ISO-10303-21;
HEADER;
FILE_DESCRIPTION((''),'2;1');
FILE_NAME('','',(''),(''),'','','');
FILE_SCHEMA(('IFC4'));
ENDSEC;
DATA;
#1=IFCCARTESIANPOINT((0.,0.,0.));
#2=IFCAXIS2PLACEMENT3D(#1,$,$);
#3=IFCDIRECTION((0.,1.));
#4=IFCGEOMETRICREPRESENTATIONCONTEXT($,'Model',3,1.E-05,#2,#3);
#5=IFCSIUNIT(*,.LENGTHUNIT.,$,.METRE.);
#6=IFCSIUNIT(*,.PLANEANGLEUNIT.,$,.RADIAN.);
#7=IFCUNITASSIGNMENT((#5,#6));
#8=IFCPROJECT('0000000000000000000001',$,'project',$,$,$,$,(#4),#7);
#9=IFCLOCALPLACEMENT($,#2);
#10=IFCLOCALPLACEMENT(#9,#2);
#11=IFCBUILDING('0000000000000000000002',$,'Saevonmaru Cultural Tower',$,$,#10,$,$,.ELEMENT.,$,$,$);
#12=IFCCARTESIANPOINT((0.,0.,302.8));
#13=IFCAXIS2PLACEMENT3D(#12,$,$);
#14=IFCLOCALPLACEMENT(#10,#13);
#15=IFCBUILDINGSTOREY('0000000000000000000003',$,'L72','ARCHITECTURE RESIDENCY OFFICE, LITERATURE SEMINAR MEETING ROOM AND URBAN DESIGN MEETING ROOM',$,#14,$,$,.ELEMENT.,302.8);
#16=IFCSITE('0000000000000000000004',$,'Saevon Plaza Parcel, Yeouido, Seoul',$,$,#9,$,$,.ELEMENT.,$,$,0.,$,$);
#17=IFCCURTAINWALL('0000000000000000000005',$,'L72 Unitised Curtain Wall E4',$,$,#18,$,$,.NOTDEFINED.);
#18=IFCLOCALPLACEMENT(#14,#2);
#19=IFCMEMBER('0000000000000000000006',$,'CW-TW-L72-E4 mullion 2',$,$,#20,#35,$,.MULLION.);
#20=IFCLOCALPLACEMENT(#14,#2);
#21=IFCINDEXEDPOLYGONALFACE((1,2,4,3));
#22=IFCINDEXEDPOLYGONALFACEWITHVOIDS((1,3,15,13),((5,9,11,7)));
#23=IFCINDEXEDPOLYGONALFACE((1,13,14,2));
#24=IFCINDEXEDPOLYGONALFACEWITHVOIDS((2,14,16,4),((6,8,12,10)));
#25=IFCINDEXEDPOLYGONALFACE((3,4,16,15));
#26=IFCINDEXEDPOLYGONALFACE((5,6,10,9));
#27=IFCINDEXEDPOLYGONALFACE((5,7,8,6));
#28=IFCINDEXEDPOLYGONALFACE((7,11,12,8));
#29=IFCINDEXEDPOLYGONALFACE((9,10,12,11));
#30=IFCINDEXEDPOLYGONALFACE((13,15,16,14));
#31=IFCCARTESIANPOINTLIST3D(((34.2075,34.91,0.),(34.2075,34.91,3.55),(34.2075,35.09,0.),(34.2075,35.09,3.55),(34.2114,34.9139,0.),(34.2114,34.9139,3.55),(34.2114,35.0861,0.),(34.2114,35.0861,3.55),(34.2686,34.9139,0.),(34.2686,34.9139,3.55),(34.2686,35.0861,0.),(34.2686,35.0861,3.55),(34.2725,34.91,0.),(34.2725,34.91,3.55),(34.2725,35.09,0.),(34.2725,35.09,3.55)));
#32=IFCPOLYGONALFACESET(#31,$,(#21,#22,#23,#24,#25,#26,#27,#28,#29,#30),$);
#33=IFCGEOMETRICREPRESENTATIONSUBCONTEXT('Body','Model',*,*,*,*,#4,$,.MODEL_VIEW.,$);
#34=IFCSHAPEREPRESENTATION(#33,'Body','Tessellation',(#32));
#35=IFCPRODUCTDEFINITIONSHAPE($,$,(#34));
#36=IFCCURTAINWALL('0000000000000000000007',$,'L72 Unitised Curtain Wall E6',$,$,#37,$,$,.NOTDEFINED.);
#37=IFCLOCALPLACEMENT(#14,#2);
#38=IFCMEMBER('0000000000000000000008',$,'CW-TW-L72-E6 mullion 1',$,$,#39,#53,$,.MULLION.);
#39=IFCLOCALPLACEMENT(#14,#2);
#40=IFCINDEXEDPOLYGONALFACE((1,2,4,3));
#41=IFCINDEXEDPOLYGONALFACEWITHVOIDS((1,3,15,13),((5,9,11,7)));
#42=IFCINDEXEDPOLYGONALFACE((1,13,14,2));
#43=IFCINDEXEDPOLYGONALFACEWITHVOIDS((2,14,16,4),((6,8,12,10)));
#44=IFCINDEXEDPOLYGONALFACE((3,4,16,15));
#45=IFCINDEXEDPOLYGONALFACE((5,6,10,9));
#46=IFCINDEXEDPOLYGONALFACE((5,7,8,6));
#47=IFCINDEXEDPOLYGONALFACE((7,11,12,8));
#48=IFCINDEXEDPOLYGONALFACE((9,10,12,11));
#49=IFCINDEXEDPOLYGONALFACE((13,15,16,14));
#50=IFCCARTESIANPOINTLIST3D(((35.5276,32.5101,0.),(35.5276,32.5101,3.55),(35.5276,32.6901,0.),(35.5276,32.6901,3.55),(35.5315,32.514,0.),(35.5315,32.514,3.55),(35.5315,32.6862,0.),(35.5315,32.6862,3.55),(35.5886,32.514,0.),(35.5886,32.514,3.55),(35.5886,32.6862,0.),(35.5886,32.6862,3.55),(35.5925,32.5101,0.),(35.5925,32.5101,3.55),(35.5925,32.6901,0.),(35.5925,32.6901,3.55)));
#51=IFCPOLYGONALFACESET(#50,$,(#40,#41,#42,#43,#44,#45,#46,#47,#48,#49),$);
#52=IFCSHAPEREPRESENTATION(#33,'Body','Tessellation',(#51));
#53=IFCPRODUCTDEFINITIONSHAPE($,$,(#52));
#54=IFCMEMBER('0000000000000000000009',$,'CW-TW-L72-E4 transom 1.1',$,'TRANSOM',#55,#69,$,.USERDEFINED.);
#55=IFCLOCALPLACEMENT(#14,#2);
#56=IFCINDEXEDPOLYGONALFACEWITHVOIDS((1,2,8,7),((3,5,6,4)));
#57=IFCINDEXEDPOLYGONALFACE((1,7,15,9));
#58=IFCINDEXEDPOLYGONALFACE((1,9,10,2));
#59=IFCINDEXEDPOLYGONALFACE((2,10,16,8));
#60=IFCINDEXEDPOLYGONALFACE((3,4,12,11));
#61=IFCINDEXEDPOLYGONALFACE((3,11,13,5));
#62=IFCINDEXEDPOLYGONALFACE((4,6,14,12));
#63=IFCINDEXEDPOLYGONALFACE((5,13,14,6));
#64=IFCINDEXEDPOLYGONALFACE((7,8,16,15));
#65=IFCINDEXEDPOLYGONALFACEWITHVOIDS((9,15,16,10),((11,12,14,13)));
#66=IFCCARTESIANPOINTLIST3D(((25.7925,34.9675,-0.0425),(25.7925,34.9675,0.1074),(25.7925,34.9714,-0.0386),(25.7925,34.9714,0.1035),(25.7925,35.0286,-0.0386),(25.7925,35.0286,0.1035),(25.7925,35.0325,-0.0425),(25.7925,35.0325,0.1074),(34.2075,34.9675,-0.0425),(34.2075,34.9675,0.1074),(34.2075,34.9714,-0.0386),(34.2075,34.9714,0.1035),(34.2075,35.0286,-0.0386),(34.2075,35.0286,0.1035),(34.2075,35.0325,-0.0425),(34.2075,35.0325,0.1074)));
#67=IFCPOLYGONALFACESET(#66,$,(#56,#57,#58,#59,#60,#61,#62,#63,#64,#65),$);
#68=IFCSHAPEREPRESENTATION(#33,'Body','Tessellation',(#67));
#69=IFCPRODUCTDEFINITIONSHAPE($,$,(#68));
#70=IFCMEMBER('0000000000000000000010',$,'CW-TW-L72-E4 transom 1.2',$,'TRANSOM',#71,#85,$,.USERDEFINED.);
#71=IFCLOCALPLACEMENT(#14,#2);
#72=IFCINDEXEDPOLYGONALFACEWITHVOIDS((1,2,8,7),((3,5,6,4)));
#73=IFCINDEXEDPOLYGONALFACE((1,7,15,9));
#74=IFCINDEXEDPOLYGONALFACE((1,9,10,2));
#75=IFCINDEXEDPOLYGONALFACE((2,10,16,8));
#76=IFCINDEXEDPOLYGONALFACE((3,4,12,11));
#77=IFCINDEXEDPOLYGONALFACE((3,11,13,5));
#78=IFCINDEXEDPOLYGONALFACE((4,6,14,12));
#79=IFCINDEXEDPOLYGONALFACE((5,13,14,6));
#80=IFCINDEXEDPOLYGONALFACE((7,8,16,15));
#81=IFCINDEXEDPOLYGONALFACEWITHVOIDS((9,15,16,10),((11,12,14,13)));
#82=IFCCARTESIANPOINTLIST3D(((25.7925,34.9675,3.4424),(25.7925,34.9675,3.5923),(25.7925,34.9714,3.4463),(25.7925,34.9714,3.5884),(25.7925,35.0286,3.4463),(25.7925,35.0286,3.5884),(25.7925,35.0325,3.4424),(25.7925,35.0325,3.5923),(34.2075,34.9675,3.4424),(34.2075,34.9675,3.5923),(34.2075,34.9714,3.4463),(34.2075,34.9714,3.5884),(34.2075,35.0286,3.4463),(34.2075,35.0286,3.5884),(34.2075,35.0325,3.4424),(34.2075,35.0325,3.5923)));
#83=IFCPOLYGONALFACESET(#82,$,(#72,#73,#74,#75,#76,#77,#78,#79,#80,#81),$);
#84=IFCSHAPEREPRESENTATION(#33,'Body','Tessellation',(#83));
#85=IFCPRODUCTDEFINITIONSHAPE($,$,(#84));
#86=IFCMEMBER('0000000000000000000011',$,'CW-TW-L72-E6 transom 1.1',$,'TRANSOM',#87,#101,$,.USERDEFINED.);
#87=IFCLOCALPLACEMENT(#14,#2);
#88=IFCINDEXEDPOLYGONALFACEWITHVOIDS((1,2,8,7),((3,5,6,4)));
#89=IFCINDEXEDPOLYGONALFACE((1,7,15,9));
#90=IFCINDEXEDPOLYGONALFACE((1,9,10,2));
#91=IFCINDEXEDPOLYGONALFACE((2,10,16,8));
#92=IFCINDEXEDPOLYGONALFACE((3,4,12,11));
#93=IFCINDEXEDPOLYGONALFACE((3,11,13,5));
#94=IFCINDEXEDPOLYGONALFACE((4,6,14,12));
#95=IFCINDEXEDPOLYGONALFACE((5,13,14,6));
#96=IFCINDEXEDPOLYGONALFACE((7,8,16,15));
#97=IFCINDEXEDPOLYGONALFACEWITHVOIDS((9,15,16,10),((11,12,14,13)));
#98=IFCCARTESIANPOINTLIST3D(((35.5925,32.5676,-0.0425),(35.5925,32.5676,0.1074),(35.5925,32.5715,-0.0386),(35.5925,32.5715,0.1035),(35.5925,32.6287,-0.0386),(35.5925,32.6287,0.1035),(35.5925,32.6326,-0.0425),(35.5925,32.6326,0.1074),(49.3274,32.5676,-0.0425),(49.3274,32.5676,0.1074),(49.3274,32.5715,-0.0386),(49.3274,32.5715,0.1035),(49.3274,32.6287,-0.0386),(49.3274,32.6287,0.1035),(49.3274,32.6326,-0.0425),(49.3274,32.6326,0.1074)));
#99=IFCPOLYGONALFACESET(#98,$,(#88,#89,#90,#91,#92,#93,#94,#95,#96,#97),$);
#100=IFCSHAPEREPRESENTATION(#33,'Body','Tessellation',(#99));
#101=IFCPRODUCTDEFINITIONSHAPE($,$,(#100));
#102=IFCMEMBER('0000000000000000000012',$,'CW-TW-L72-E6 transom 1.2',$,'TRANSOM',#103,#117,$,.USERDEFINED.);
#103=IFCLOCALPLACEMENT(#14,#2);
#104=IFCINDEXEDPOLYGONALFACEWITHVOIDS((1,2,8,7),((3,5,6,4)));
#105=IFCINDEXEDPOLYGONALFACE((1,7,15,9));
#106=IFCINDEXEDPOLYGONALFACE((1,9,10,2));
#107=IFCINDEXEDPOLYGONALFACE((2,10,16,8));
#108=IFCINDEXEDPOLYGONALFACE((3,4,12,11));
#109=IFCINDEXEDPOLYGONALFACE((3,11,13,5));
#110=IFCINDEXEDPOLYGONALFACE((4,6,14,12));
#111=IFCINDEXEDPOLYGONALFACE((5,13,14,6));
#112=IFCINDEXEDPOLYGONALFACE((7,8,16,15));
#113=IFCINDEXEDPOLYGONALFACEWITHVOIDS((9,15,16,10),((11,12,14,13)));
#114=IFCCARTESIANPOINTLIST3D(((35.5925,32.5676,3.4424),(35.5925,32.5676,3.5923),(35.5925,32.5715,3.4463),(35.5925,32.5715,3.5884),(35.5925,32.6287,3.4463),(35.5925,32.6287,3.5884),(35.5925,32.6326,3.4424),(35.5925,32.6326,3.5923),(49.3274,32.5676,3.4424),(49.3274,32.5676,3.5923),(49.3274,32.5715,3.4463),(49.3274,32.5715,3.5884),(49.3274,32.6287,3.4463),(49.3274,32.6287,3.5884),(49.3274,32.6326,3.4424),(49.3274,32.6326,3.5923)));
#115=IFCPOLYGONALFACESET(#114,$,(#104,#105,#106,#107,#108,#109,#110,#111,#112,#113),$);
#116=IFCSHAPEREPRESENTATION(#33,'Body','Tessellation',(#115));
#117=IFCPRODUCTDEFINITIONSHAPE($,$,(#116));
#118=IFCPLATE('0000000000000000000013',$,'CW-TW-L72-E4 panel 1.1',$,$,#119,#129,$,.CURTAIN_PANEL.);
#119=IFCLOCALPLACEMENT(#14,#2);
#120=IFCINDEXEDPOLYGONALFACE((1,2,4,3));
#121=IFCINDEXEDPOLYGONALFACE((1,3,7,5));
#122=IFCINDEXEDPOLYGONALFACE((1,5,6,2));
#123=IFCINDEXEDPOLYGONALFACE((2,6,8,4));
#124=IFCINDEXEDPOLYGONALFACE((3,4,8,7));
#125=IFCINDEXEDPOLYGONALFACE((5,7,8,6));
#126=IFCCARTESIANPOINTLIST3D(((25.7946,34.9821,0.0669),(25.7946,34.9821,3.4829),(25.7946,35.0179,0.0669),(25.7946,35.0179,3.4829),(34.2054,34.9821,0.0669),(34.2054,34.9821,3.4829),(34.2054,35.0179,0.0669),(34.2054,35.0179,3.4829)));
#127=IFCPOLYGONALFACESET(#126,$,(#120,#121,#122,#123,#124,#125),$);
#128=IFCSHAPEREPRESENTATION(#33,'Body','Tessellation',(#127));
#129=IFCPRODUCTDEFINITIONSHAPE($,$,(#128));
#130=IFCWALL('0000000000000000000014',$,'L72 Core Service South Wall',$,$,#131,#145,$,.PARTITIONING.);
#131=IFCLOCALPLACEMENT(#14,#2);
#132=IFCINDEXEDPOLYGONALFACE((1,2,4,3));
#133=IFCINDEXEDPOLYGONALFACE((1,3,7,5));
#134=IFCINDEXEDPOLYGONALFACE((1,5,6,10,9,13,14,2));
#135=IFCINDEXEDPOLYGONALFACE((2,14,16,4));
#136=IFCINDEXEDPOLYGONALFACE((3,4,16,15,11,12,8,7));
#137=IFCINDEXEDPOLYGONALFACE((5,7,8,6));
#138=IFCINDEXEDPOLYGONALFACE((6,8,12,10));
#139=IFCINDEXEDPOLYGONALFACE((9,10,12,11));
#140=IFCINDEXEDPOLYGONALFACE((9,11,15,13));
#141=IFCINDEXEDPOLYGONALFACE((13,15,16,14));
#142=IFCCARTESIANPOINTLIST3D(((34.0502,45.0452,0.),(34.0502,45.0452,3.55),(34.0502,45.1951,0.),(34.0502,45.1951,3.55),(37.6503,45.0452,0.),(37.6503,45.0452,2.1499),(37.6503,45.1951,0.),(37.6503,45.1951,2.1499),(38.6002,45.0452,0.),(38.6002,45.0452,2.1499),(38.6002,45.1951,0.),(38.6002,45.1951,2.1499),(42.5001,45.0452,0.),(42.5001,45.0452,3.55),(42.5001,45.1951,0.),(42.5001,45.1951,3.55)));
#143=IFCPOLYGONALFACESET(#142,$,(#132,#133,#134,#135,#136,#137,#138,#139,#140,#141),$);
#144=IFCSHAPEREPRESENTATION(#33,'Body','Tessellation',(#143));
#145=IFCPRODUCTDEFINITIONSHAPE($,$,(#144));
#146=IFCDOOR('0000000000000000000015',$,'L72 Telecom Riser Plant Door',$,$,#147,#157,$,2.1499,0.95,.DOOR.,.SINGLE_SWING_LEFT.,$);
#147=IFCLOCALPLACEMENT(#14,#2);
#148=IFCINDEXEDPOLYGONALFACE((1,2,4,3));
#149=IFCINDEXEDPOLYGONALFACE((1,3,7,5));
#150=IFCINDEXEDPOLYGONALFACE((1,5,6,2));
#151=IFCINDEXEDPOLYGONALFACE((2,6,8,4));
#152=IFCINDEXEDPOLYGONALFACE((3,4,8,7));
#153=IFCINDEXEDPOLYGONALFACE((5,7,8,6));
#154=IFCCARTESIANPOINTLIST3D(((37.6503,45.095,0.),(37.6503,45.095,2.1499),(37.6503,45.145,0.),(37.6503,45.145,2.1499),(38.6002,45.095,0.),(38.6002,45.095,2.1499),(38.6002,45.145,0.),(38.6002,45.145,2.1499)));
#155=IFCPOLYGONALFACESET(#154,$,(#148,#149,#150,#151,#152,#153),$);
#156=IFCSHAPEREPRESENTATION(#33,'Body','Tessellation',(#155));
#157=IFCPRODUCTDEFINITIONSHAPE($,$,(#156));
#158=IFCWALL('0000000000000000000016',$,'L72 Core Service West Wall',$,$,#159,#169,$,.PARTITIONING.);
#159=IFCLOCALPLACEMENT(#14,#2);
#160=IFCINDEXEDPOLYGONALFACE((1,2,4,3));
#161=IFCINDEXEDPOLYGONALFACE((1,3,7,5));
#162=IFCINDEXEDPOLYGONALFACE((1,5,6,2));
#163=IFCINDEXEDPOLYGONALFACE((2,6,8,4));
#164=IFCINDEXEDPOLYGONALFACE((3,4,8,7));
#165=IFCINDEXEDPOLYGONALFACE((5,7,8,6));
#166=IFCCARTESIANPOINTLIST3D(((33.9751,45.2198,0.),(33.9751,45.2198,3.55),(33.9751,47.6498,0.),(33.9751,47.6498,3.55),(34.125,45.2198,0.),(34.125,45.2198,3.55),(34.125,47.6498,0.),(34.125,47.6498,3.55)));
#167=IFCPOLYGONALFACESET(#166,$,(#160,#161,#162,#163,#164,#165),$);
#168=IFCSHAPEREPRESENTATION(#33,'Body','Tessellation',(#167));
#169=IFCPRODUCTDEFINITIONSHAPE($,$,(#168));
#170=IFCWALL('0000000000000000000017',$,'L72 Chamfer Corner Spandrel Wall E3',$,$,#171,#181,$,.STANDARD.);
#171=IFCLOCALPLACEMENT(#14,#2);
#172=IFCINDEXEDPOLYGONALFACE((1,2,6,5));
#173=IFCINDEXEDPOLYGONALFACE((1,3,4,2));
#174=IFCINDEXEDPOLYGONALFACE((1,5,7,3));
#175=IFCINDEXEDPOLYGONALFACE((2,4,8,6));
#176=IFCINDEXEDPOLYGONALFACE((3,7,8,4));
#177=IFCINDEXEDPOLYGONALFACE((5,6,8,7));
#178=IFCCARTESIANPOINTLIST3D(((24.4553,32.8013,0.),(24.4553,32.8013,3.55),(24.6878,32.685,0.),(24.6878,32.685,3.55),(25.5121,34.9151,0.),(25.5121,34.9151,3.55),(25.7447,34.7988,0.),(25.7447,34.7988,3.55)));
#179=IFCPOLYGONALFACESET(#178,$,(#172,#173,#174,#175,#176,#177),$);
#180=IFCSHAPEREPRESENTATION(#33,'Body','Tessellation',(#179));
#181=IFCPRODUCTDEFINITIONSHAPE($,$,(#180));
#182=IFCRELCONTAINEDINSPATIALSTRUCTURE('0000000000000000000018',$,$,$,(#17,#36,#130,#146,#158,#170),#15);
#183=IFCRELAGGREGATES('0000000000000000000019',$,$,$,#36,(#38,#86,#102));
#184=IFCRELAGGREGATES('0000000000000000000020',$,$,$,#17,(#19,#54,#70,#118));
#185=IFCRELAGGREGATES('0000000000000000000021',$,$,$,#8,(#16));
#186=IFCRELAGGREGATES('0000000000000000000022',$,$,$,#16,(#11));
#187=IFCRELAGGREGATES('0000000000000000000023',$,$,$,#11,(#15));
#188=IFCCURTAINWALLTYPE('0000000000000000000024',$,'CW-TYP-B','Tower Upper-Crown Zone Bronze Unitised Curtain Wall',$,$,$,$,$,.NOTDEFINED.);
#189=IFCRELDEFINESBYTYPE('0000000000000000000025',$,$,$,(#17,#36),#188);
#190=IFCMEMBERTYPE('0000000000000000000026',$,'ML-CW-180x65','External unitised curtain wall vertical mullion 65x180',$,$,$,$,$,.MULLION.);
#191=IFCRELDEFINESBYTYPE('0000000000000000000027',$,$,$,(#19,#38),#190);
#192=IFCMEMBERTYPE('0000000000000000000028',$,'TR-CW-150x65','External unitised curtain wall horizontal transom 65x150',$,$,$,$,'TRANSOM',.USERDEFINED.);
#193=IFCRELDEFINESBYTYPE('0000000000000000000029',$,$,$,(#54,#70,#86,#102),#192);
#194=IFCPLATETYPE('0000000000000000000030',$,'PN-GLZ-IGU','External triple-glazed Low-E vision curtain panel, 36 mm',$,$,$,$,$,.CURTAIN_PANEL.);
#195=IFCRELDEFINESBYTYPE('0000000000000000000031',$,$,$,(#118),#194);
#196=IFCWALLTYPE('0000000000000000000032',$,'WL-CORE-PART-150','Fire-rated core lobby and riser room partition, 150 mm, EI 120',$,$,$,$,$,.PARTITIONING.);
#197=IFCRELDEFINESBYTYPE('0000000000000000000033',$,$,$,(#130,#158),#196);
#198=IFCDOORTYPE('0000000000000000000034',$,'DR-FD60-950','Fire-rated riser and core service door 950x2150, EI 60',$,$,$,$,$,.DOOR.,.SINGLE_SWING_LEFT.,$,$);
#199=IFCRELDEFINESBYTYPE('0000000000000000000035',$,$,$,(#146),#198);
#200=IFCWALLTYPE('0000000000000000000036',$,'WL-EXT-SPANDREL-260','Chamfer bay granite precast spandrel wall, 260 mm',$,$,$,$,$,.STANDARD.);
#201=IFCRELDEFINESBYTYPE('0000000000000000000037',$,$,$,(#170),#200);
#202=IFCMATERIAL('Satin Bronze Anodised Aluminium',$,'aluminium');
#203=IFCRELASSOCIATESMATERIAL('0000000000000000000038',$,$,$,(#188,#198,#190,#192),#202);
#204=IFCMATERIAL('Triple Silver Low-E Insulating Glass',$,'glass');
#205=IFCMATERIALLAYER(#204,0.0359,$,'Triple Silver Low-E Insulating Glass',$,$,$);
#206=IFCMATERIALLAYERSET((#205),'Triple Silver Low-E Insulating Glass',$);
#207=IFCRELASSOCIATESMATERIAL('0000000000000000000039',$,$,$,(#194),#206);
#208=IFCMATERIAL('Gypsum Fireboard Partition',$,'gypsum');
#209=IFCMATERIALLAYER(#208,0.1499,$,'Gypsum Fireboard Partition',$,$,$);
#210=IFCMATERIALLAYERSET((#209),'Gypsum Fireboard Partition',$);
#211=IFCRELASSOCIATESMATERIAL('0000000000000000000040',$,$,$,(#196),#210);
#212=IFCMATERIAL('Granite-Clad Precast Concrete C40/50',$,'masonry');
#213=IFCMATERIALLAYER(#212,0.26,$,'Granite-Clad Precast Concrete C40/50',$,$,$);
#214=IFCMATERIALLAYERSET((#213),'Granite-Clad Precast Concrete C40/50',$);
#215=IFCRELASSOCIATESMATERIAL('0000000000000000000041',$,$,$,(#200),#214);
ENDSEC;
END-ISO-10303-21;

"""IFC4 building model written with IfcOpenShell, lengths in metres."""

from ifc_helpers import new_model, si_unit, direction, frame, frame_2d, origin, origin_2d, place, context, subcontext, project, spatial, rectangle, hollow_rectangle, extrude, material, layer, layer_set, material_profile, profile_set, type_object, element, fill, aggregate, save


model = new_model("IFC4")

# Units and contexts
model_context = context("Model", 3, precision=1e-05, world=origin(), true_north=direction((0.0, 1.0)))
body_context = subcontext(model_context, "Body", "Model", "MODEL_VIEW")
ifc_project = project(units=[si_unit("LENGTHUNIT", "METRE"), si_unit("PLANEANGLEUNIT", "RADIAN")], contexts=[model_context])

# Site, building, storey
site_placement = place(None, origin())
site = spatial("IfcSite", under=ifc_project, at=site_placement, Name="Saevon Plaza Parcel, Yeouido, Seoul", CompositionType="ELEMENT", RefElevation=0.0)
building_placement = place(site_placement, origin())
building = spatial("IfcBuilding", under=site, at=building_placement, Name="Saevonmaru Cultural Tower", CompositionType="ELEMENT")
storey_placement = place(building_placement, frame((0.0, 0.0, 302.8)))
storey = spatial("IfcBuildingStorey", under=building, at=storey_placement, Name="L72", Description="ARCHITECTURE RESIDENCY OFFICE, LITERATURE SEMINAR MEETING ROOM AND URBAN DESIGN MEETING ROOM", CompositionType="ELEMENT", Elevation=302.8)

# Shared definitions
ifc_material_1 = material(Name="Satin Bronze Anodised Aluminium", Category="aluminium")
curtain_wall_type = type_object("IfcCurtainWallType", Name="CW-TYP-B", Description="Tower Upper-Crown Zone Bronze Unitised Curtain Wall", PredefinedType="NOTDEFINED", material=ifc_material_1)
ifc_material_profile_1 = material_profile(ifc_material_1, hollow_rectangle(XDim=0.0649, YDim=0.1799, WallThickness=0.0039, at=origin_2d()), Name="ALU-MULL-180x65x4")
ifc_profile_set_1 = profile_set([ifc_material_profile_1], Name="Satin Bronze Anodised Aluminium")
member_type_1 = type_object("IfcMemberType", Name="ML-CW-180x65", Description="External unitised curtain wall vertical mullion 65x180", PredefinedType="MULLION", material=ifc_profile_set_1)

# Curtain wall, member
curtain_wall_1_placement = place(storey_placement, origin())
curtain_wall_1 = element("IfcCurtainWall", 1, at=curtain_wall_1_placement, inside=storey, type_object=curtain_wall_type, Name="L72 Unitised Curtain Wall E4", PredefinedType="NOTDEFINED")
member_1_placement = place(storey_placement, frame((34.24, 35.0, 0.0), z_axis=(0.0, 0.0, 1.0), x_axis=(1.0, 0.0, 0.0)))
member_1 = element("IfcMember", 2, at=member_1_placement, type_object=member_type_1, Name="CW-TW-L72-E4 mullion 2", PredefinedType="MULLION", context=body_context, shape_type="SweptSolid", body=[
    extrude(hollow_rectangle(XDim=0.0649, YDim=0.1799, WallThickness=0.0039, at=origin_2d()), origin(), (0.0, 0.0, 1.0), 3.55),
])

# Curtain wall, member
curtain_wall_2_placement = place(storey_placement, origin())
curtain_wall_2 = element("IfcCurtainWall", 3, at=curtain_wall_2_placement, inside=storey, type_object=curtain_wall_type, Name="L72 Unitised Curtain Wall E6", PredefinedType="NOTDEFINED")
member_2_placement = place(storey_placement, frame((35.5601, 32.6001, 0.0), z_axis=(0.0, 0.0, 1.0), x_axis=(1.0, 0.0, 0.0)))
member_2 = element("IfcMember", 4, at=member_2_placement, type_object=member_type_1, Name="CW-TW-L72-E6 mullion 1", PredefinedType="MULLION", context=body_context, shape_type="SweptSolid", body=[
    extrude(hollow_rectangle(XDim=0.0649, YDim=0.1799, WallThickness=0.0039, at=origin_2d()), origin(), (0.0, 0.0, 1.0), 3.55),
])

# Members
ifc_material_profile_2 = material_profile(ifc_material_1, hollow_rectangle(XDim=0.0649, YDim=0.1499, WallThickness=0.0039, at=origin_2d()), Name="ALU-TRAN-150x65x4")
ifc_profile_set_2 = profile_set([ifc_material_profile_2], Name="Satin Bronze Anodised Aluminium")
member_type_2 = type_object("IfcMemberType", Name="TR-CW-150x65", Description="External unitised curtain wall horizontal transom 65x150", ElementType="TRANSOM", PredefinedType="USERDEFINED", material=ifc_profile_set_2)
member_3_placement = place(storey_placement, frame((25.7925, 35.0, 0.0325), z_axis=(1.0, 0.0, 0.0), x_axis=(0.0, 1.0, 0.0)))
member_3 = element("IfcMember", 5, at=member_3_placement, type_object=member_type_2, Name="CW-TW-L72-E4 transom 1.1", ObjectType="TRANSOM", PredefinedType="USERDEFINED", context=body_context, shape_type="SweptSolid", body=[
    extrude(hollow_rectangle(XDim=0.0649, YDim=0.1499, WallThickness=0.0039, at=origin_2d()), origin(), (0.0, 0.0, 1.0), 8.415),
])
member_4_placement = place(storey_placement, frame((25.7925, 35.0, 3.5173), z_axis=(1.0, 0.0, 0.0), x_axis=(0.0, 1.0, 0.0)))
member_4 = element("IfcMember", 6, at=member_4_placement, type_object=member_type_2, Name="CW-TW-L72-E4 transom 1.2", ObjectType="TRANSOM", PredefinedType="USERDEFINED", context=body_context, shape_type="SweptSolid", body=[
    extrude(hollow_rectangle(XDim=0.0649, YDim=0.1499, WallThickness=0.0039, at=origin_2d()), origin(), (0.0, 0.0, 1.0), 8.415),
])
member_5_placement = place(storey_placement, frame((35.5925, 32.6001, 0.0325), z_axis=(1.0, 0.0, 0.0), x_axis=(0.0, 1.0, 0.0)))
member_5 = element("IfcMember", 7, at=member_5_placement, type_object=member_type_2, Name="CW-TW-L72-E6 transom 1.1", ObjectType="TRANSOM", PredefinedType="USERDEFINED", context=body_context, shape_type="SweptSolid", body=[
    extrude(hollow_rectangle(XDim=0.0649, YDim=0.1499, WallThickness=0.0039, at=origin_2d()), origin(), (0.0, 0.0, 1.0), 13.7349),
])
member_6_placement = place(storey_placement, frame((35.5925, 32.6001, 3.5173), z_axis=(1.0, 0.0, 0.0), x_axis=(0.0, 1.0, 0.0)))
member_6 = element("IfcMember", 8, at=member_6_placement, type_object=member_type_2, Name="CW-TW-L72-E6 transom 1.2", ObjectType="TRANSOM", PredefinedType="USERDEFINED", context=body_context, shape_type="SweptSolid", body=[
    extrude(hollow_rectangle(XDim=0.0649, YDim=0.1499, WallThickness=0.0039, at=origin_2d()), origin(), (0.0, 0.0, 1.0), 13.7349),
])
aggregate(curtain_wall_2, [member_2, member_5, member_6])

# Plate
ifc_material_2 = material(Name="Triple Silver Low-E Insulating Glass", Category="glass")
ifc_layer_1 = layer(ifc_material_2, 0.0359, Name="Triple Silver Low-E Insulating Glass")
ifc_layer_set_1 = layer_set([ifc_layer_1], Name="Triple Silver Low-E Insulating Glass")
plate_type = type_object("IfcPlateType", Name="PN-GLZ-IGU", Description="External triple-glazed Low-E vision curtain panel, 36 mm", PredefinedType="CURTAIN_PANEL", material=ifc_layer_set_1)
plate_placement = place(storey_placement, frame((30.0, 35.0, 0.0669), z_axis=(0.0, 0.0, 1.0), x_axis=(1.0, 0.0, 0.0)))
plate = element("IfcPlate", 9, at=plate_placement, type_object=plate_type, Name="CW-TW-L72-E4 panel 1.1", PredefinedType="CURTAIN_PANEL", context=body_context, shape_type="SweptSolid", body=[
    extrude(rectangle(XDim=8.4109, YDim=0.0359, at=origin_2d()), origin(), (0.0, 0.0, 1.0), 3.416),
])
aggregate(curtain_wall_1, [member_1, member_3, member_4, plate])

# Wall, opening, door
ifc_material_3 = material(Name="Gypsum Fireboard Partition", Category="gypsum")
ifc_layer_2 = layer(ifc_material_3, 0.1499, Name="Gypsum Fireboard Partition")
ifc_layer_set_2 = layer_set([ifc_layer_2], Name="Gypsum Fireboard Partition")
wall_type_1 = type_object("IfcWallType", Name="WL-CORE-PART-150", Description="Fire-rated core lobby and riser room partition, 150 mm, EI 120", PredefinedType="PARTITIONING", material=ifc_layer_set_2)
wall_1_placement = place(storey_placement, frame((34.05, 45.1201, 0.0), z_axis=(0.0, 0.0, 1.0), x_axis=(1.0, 0.0, 0.0)))
wall_1 = element("IfcWall", 10, at=wall_1_placement, inside=storey, type_object=wall_type_1, Name="L72 Core Service South Wall", PredefinedType="PARTITIONING", context=body_context, shape_type="SweptSolid", body=[
    extrude(rectangle(XDim=8.45, YDim=0.1499, at=frame_2d((4.2251, 0.0))), origin(), (0.0, 0.0, 1.0), 3.55),
])
opening_1_placement = place(wall_1_placement, frame((3.6001, 0.0, 0.0)))
opening_1 = element("IfcOpeningElement", 11, at=opening_1_placement, cuts=wall_1, PredefinedType="OPENING", context=body_context, shape_type="SweptSolid", body=[
    extrude(rectangle(XDim=0.95, YDim=2.1499, at=frame_2d((0.4751, 1.075))), frame((0.0, 0.085, 0.0), z_axis=(0.0, -1.0, 0.0), x_axis=(1.0, 0.0, 0.0)), (0.0, 0.0, 1.0), 0.1699),
])
door_type_1 = type_object("IfcDoorType", Name="DR-FD60-950", Description="Fire-rated riser and core service door 950x2150, EI 60", OperationType="SINGLE_SWING_LEFT", PredefinedType="DOOR", material=ifc_material_1)
door_1_placement = place(opening_1_placement, origin())
door_1 = element("IfcDoor", 12, at=door_1_placement, inside=storey, type_object=door_type_1, Name="L72 Telecom Riser Plant Door", OperationType="SINGLE_SWING_LEFT", OverallHeight=2.1499, OverallWidth=0.95, PredefinedType="DOOR", context=body_context, shape_type="SweptSolid", body=[
    extrude(rectangle(XDim=0.95, YDim=2.1499, at=frame_2d((0.4751, 1.075))), frame((0.0, 0.0249, 0.0), z_axis=(0.0, -1.0, 0.0), x_axis=(1.0, 0.0, 0.0)), (0.0, 0.0, 1.0), 0.05),
])
fill(opening_1, door_1)

# Walls
wall_2_placement = place(storey_placement, frame((34.05, 45.22, 0.0), z_axis=(0.0, 0.0, 1.0), x_axis=(0.0, 1.0, 0.0)))
element("IfcWall", 13, at=wall_2_placement, inside=storey, type_object=wall_type_1, Name="L72 Core Service West Wall", PredefinedType="PARTITIONING", context=body_context, shape_type="SweptSolid", body=[
    extrude(rectangle(XDim=2.4299, YDim=0.1499, at=frame_2d((1.2148, 0.0))), origin(), (0.0, 0.0, 1.0), 3.55),
])
ifc_material_4 = material(Name="Granite-Clad Precast Concrete C40/50", Category="masonry")
ifc_layer_3 = layer(ifc_material_4, 0.26, Name="Granite-Clad Precast Concrete C40/50")
ifc_layer_set_3 = layer_set([ifc_layer_3], Name="Granite-Clad Precast Concrete C40/50")
wall_type_2 = type_object("IfcWallType", Name="WL-EXT-SPANDREL-260", Description="Chamfer bay granite precast spandrel wall, 260 mm", PredefinedType="STANDARD", material=ifc_layer_set_3)
for number, where, z_axis, x_axis, name in (
    (14, (24.5715, 32.7432, 0.0), (0.0, 0.0, 1.0), (0.447214, 0.894427, 0.0), "L72 Chamfer Corner Spandrel Wall E3"),
):
    element("IfcWall", number, at=place(storey_placement, frame(where, z_axis=z_axis, x_axis=x_axis)), inside=storey, type_object=wall_type_2, Name=name, PredefinedType="STANDARD", context=body_context, shape_type="SweptSolid", body=[
        extrude(rectangle(XDim=2.3633, YDim=0.26, at=frame_2d((1.1816, 0.0))), origin(), (0.0, 0.0, 1.0), 3.55),
    ])

save(model, "model.ifc")
